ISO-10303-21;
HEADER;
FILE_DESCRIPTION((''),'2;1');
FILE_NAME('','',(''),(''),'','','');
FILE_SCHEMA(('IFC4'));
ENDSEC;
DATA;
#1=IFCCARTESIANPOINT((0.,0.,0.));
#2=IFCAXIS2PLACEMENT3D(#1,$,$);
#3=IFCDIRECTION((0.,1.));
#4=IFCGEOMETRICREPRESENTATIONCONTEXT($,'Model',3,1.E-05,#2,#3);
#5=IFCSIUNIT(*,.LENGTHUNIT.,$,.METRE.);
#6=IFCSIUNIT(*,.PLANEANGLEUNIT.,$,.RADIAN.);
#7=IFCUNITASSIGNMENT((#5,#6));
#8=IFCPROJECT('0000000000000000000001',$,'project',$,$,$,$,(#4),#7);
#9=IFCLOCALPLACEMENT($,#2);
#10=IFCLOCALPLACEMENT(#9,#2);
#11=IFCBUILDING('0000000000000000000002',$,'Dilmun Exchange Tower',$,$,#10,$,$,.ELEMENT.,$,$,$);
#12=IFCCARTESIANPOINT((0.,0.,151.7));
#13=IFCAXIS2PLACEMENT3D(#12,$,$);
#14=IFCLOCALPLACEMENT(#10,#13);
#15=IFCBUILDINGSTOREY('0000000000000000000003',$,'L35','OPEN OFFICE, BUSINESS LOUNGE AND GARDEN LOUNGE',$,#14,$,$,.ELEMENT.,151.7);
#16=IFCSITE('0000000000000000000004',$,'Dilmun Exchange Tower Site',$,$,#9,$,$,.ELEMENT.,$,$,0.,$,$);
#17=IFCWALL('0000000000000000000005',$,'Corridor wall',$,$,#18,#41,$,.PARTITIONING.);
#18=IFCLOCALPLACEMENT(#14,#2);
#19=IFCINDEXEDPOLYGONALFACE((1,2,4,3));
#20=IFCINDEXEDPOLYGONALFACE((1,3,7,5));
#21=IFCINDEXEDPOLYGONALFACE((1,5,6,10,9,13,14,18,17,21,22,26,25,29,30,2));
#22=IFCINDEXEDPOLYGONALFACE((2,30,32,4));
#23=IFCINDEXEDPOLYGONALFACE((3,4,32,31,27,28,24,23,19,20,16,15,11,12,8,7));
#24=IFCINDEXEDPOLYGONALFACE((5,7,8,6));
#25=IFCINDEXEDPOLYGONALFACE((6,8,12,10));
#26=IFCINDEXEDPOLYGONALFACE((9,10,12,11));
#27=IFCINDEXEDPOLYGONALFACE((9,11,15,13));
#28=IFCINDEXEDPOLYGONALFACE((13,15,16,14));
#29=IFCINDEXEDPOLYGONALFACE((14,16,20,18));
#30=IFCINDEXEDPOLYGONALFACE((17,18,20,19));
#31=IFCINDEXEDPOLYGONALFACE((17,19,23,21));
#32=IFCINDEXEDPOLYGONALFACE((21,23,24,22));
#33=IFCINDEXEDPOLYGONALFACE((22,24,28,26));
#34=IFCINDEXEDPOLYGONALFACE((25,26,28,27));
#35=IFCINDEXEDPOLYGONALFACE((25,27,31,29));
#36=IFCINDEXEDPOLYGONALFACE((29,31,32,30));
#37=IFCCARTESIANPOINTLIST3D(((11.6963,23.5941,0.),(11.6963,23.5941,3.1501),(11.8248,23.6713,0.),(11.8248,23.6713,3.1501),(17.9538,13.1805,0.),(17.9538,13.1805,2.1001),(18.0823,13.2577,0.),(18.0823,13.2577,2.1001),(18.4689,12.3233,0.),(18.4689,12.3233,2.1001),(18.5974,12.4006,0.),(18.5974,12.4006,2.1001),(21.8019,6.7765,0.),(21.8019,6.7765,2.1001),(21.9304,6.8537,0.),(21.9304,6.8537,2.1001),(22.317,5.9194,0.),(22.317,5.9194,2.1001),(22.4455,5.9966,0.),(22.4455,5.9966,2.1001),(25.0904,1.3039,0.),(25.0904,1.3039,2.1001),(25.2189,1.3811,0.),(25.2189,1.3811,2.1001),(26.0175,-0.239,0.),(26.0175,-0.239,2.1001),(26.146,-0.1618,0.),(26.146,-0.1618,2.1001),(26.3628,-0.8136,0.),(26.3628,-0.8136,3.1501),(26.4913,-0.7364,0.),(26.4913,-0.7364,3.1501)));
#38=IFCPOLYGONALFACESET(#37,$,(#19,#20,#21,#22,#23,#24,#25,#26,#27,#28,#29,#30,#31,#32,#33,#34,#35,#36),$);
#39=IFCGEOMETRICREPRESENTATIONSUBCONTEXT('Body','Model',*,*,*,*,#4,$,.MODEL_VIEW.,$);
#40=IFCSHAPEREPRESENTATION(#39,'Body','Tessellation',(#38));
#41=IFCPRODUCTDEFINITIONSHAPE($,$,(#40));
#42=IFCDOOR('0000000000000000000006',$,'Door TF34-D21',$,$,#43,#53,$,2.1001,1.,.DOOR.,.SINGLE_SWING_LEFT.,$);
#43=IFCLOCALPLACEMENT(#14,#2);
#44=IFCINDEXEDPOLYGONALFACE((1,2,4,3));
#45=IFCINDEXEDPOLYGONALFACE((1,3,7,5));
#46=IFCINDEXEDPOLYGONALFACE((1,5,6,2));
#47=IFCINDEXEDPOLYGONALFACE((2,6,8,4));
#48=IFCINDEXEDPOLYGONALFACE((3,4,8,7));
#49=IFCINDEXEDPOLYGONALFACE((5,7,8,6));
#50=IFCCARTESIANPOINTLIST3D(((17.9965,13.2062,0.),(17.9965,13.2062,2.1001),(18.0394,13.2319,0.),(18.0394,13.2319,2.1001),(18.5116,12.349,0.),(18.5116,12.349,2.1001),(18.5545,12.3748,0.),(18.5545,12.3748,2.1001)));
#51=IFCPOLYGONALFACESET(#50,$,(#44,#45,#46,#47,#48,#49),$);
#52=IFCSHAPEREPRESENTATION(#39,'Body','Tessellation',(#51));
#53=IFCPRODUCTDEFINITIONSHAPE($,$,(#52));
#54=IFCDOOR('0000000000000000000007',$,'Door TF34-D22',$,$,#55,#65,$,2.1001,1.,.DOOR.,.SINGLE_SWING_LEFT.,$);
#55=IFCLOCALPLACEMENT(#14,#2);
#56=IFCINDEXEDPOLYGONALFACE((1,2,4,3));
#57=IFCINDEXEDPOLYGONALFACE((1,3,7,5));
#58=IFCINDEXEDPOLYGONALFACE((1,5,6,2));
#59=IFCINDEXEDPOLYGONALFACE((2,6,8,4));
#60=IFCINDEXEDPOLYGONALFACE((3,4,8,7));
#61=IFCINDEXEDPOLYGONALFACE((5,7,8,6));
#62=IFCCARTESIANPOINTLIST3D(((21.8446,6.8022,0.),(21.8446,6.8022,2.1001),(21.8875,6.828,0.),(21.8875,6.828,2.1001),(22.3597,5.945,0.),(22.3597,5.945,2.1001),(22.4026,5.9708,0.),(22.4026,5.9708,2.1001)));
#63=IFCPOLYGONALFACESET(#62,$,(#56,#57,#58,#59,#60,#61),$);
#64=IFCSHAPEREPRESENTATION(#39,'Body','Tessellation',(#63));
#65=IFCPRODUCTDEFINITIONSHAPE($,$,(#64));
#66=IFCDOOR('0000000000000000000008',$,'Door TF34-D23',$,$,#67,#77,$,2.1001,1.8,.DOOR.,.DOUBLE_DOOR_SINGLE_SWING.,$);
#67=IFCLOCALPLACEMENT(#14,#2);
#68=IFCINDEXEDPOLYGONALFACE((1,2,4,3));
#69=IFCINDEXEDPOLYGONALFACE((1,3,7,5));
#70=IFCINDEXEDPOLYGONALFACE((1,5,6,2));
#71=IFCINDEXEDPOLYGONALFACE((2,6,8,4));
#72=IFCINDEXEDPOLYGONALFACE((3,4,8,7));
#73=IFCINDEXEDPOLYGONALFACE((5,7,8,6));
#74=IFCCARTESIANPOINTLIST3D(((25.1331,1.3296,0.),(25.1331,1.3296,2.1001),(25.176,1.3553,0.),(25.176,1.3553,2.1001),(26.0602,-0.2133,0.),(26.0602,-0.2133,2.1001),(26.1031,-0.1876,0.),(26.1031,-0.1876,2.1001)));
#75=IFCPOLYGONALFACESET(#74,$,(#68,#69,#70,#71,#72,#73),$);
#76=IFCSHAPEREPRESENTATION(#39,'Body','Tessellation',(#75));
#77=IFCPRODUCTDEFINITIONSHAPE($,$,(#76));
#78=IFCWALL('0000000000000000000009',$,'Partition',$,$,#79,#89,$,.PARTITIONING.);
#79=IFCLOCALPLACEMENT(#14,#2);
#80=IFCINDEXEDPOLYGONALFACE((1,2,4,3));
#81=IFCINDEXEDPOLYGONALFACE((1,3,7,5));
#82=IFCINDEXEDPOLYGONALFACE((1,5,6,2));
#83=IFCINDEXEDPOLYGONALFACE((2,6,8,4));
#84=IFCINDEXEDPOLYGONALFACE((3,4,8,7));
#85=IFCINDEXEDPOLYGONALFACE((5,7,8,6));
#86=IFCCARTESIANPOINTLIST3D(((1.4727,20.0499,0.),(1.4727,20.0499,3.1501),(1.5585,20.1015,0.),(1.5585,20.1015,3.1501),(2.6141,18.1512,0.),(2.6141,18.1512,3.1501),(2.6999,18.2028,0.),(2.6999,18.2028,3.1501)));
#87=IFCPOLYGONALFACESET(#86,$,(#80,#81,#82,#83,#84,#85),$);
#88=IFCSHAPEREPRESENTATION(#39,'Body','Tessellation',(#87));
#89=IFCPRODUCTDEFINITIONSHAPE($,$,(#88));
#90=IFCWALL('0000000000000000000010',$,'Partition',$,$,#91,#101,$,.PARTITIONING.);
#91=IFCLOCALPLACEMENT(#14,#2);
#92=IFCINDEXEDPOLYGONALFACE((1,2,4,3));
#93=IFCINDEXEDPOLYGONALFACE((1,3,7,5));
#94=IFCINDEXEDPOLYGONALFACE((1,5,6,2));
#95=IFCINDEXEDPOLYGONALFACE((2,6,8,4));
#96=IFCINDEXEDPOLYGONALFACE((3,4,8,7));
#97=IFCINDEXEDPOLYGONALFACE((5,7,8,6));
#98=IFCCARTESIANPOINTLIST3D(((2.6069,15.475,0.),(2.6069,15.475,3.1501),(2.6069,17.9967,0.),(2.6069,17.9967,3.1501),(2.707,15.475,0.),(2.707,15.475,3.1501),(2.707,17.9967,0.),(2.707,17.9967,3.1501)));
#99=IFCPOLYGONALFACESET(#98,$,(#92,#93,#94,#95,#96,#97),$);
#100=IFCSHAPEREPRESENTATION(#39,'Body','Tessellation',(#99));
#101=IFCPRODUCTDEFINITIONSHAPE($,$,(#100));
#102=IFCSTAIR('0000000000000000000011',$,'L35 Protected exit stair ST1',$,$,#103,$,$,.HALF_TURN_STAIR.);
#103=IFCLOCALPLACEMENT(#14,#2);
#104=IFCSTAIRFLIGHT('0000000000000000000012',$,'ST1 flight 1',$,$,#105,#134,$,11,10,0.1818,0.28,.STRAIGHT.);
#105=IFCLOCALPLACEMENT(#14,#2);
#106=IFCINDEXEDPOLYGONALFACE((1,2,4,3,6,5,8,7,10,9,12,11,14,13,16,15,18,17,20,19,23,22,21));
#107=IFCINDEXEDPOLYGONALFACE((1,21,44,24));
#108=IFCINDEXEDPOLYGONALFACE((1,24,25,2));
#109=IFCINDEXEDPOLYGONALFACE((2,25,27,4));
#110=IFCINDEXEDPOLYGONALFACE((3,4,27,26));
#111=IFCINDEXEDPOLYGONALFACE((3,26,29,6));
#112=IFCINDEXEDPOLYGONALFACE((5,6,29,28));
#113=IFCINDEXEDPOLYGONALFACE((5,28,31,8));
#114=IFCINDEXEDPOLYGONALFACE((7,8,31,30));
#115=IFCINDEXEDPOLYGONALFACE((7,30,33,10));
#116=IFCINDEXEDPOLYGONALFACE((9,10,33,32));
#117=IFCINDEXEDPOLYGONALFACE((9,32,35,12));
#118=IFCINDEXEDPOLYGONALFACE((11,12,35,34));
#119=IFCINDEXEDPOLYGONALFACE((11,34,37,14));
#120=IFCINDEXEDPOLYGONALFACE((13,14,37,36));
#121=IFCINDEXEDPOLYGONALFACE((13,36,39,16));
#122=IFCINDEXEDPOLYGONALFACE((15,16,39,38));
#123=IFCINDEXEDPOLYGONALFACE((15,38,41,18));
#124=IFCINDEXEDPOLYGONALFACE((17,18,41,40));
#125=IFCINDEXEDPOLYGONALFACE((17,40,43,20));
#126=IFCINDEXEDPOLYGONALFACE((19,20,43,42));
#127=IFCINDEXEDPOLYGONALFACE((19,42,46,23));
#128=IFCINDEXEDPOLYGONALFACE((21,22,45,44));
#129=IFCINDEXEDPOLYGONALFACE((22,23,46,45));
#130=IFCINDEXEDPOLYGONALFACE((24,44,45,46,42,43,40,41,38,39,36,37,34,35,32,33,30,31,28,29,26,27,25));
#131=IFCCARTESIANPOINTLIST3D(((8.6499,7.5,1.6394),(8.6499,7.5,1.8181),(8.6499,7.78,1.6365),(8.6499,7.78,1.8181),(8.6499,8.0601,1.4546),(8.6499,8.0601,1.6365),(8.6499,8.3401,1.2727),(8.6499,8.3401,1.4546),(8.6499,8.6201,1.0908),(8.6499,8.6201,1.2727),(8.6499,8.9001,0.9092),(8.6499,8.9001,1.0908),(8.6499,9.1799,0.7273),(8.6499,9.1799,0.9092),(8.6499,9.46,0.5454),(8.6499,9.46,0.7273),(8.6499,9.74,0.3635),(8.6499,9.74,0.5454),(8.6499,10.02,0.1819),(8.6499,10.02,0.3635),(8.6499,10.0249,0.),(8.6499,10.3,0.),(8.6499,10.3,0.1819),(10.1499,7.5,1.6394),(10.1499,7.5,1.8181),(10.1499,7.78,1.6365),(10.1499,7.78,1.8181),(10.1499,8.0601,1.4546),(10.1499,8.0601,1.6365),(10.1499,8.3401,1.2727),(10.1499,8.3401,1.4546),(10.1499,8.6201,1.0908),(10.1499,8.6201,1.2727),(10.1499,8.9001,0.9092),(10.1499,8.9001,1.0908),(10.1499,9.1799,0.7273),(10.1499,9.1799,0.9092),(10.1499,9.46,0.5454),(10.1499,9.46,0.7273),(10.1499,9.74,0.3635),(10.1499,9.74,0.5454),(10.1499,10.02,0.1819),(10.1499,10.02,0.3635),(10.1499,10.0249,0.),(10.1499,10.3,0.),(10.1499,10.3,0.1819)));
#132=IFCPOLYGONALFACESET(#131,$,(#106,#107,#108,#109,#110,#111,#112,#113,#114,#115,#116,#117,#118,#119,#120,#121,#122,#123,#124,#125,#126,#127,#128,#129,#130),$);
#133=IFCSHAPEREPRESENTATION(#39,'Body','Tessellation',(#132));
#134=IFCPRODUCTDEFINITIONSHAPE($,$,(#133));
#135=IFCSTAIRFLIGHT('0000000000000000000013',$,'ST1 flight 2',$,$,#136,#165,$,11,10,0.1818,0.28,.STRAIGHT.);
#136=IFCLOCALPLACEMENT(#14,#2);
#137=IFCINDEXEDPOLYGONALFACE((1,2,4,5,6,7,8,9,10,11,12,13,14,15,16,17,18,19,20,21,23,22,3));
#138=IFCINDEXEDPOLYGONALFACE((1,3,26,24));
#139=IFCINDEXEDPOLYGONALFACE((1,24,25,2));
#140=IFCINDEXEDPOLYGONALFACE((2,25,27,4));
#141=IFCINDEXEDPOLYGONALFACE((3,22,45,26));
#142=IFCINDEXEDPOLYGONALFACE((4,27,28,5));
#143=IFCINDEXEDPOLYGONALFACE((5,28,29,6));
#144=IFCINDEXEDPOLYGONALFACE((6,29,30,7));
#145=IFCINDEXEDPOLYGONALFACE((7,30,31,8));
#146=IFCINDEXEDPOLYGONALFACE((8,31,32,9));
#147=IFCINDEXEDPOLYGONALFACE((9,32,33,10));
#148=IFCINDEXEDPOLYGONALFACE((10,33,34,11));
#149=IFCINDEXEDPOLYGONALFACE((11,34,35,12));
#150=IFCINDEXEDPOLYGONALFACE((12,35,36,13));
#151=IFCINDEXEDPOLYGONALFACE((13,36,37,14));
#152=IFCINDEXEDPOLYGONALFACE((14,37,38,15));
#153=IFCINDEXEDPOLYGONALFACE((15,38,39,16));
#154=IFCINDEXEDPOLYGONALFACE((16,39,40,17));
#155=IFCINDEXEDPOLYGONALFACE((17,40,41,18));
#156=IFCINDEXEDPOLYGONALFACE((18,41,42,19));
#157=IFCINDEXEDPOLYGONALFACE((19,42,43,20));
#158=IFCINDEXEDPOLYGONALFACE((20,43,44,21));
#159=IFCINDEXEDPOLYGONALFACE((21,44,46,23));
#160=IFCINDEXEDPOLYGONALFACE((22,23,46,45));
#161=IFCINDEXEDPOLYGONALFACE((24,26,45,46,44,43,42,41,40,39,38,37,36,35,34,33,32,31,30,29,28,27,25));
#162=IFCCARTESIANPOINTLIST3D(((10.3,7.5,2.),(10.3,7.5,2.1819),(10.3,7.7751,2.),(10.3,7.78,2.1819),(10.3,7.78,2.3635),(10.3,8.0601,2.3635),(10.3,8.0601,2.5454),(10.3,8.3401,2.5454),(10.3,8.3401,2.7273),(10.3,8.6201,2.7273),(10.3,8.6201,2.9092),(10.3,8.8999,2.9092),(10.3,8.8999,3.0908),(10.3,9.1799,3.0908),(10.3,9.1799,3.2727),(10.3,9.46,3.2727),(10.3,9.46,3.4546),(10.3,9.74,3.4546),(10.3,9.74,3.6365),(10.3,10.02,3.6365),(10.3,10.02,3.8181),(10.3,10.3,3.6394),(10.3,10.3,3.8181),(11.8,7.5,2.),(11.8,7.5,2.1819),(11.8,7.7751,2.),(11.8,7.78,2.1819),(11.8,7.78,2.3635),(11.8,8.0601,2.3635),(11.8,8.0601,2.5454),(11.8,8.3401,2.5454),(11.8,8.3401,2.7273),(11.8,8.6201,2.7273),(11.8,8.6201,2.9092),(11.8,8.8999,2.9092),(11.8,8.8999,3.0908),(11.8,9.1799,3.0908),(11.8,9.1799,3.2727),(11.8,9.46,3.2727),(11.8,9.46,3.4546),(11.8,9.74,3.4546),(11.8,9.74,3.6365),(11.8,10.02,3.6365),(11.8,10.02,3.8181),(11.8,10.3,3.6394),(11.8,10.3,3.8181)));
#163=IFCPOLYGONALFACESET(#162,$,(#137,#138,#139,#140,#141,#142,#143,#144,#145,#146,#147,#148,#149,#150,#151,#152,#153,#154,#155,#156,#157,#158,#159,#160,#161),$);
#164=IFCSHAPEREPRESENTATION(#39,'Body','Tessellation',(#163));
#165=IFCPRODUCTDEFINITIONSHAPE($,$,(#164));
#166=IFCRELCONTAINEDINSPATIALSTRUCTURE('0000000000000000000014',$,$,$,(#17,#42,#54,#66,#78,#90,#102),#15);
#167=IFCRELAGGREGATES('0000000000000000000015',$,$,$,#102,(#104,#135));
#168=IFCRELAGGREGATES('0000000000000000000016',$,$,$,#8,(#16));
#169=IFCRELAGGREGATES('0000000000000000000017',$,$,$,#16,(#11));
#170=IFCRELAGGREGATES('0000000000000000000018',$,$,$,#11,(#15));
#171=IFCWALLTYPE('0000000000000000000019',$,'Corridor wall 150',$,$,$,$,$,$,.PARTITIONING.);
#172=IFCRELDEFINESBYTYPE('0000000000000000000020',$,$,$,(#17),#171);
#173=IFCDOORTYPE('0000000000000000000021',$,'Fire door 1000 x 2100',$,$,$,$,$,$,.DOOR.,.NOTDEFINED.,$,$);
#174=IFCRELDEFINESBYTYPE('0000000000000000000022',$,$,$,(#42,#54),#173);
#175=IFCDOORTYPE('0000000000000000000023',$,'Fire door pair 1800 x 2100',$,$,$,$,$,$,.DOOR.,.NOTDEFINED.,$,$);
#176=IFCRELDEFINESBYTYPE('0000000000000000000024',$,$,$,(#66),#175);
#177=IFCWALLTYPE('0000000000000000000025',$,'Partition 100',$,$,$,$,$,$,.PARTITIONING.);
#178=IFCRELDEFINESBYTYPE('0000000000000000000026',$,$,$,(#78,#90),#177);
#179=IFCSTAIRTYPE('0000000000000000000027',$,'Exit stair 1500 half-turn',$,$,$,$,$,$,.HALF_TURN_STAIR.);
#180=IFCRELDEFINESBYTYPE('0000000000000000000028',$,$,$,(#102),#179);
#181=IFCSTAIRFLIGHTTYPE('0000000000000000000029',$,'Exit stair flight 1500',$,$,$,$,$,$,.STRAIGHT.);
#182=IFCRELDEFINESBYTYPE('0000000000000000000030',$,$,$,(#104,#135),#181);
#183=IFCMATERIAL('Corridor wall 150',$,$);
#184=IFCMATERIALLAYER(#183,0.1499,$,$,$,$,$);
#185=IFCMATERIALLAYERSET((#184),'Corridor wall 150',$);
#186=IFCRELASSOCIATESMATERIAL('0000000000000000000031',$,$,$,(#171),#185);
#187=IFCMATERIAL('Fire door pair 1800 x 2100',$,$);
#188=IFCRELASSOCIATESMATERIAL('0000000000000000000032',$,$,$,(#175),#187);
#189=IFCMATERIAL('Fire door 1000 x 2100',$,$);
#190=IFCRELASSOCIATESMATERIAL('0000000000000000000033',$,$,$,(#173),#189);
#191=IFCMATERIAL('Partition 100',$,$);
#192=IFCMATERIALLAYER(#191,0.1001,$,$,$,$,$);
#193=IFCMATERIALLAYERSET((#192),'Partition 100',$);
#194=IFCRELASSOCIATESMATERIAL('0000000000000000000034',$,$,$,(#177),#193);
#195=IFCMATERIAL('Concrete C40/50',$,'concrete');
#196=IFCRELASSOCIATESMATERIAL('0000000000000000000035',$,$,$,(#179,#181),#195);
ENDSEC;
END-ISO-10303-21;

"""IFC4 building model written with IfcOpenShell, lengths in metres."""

from ifc_helpers import new_model, si_unit, direction, frame, frame_2d, origin, place, context, subcontext, project, spatial, polyline, rectangle, outline, extrude, material, layer, layer_set, type_object, element, fill, aggregate, save


model = new_model("IFC4")

# Units and contexts
model_context = context("Model", 3, precision=1e-05, world=origin(), true_north=direction((0.0, 1.0)))
body_context = subcontext(model_context, "Body", "Model", "MODEL_VIEW")
ifc_project = project(units=[si_unit("LENGTHUNIT", "METRE"), si_unit("PLANEANGLEUNIT", "RADIAN")], contexts=[model_context])

# Site, building, storey
site_placement = place(None, origin())
site = spatial("IfcSite", under=ifc_project, at=site_placement, Name="Dilmun Exchange Tower Site", CompositionType="ELEMENT", RefElevation=0.0)
building_placement = place(site_placement, origin())
building = spatial("IfcBuilding", under=site, at=building_placement, Name="Dilmun Exchange Tower", CompositionType="ELEMENT")
storey_placement = place(building_placement, frame((0.0, 0.0, 151.7)))
storey = spatial("IfcBuildingStorey", under=building, at=storey_placement, Name="L35", Description="OPEN OFFICE, BUSINESS LOUNGE AND GARDEN LOUNGE", CompositionType="ELEMENT", Elevation=151.7)

# Shared definitions
ifc_material_1 = material(Name="Concrete C40/50", Category="concrete")

# Shared definitions
ifc_material_2 = material(Name="Corridor wall 150")
ifc_layer_1 = layer(ifc_material_2, 0.1499)
ifc_layer_set_1 = layer_set([ifc_layer_1], Name="Corridor wall 150")
wall_type_1 = type_object("IfcWallType", Name="Corridor wall 150", PredefinedType="PARTITIONING", material=ifc_layer_set_1)

# Shared definitions
ifc_material_3 = material(Name="Fire door pair 1800 x 2100")
door_type_1 = type_object("IfcDoorType", Name="Fire door pair 1800 x 2100", OperationType="NOTDEFINED", PredefinedType="DOOR", material=ifc_material_3)

# Wall, openings, doors
wall_1_placement = place(storey_placement, frame((11.7605, 23.6328, 0.0), z_axis=(0.0, 0.0, 1.0), x_axis=(0.515061, -0.857154, 0.0)))
wall_1 = element("IfcWall", 1, at=wall_1_placement, inside=storey, type_object=wall_type_1, Name="Corridor wall", PredefinedType="PARTITIONING", context=body_context, shape_type="SweptSolid", body=[
    extrude(rectangle(XDim=28.4753, YDim=0.1499, at=frame_2d((14.2378, 0.0))), origin(), (0.0, 0.0, 1.0), 3.1501),
])
opening_1_placement = place(wall_1_placement, frame((12.1492, 0.0, 0.0)))
opening_1 = element("IfcOpeningElement", 2, at=opening_1_placement, cuts=wall_1, PredefinedType="OPENING", context=body_context, shape_type="SweptSolid", body=[
    extrude(rectangle(XDim=1.0, YDim=2.1001, at=frame_2d((0.5, 1.05))), frame((0.0, 0.085, 0.0), z_axis=(0.0, -1.0, 0.0), x_axis=(1.0, 0.0, 0.0)), (0.0, 0.0, 1.0), 0.1699),
])
opening_2_placement = place(wall_1_placement, frame((19.6204, 0.0, 0.0)))
opening_2 = element("IfcOpeningElement", 3, at=opening_2_placement, cuts=wall_1, PredefinedType="OPENING", context=body_context, shape_type="SweptSolid", body=[
    extrude(rectangle(XDim=1.0, YDim=2.1001, at=frame_2d((0.5, 1.05))), frame((0.0, 0.085, 0.0), z_axis=(0.0, -1.0, 0.0), x_axis=(1.0, 0.0, 0.0)), (0.0, 0.0, 1.0), 0.1699),
])
opening_3_placement = place(wall_1_placement, frame((26.0051, 0.0, 0.0)))
opening_3 = element("IfcOpeningElement", 4, at=opening_3_placement, cuts=wall_1, PredefinedType="OPENING", context=body_context, shape_type="SweptSolid", body=[
    extrude(rectangle(XDim=1.8, YDim=2.1001, at=frame_2d((0.8999, 1.05))), frame((0.0, 0.085, 0.0), z_axis=(0.0, -1.0, 0.0), x_axis=(1.0, 0.0, 0.0)), (0.0, 0.0, 1.0), 0.1699),
])
ifc_material_4 = material(Name="Fire door 1000 x 2100")
door_type_2 = type_object("IfcDoorType", Name="Fire door 1000 x 2100", OperationType="NOTDEFINED", PredefinedType="DOOR", material=ifc_material_4)
door_1_placement = place(opening_1_placement, origin())
door_1 = element("IfcDoor", 5, at=door_1_placement, inside=storey, type_object=door_type_2, Name="Door TF34-D21", OperationType="SINGLE_SWING_LEFT", OverallHeight=2.1001, OverallWidth=1.0, PredefinedType="DOOR", context=body_context, shape_type="SweptSolid", body=[
    extrude(rectangle(XDim=1.0, YDim=2.1001, at=frame_2d((0.5, 1.05))), frame((0.0, 0.0249, 0.0), z_axis=(0.0, -1.0, 0.0), x_axis=(1.0, 0.0, 0.0)), (0.0, 0.0, 1.0), 0.05),
])
fill(opening_1, door_1)
door_2_placement = place(opening_2_placement, origin())
door_2 = element("IfcDoor", 6, at=door_2_placement, inside=storey, type_object=door_type_2, Name="Door TF34-D22", OperationType="SINGLE_SWING_LEFT", OverallHeight=2.1001, OverallWidth=1.0, PredefinedType="DOOR", context=body_context, shape_type="SweptSolid", body=[
    extrude(rectangle(XDim=1.0, YDim=2.1001, at=frame_2d((0.5, 1.05))), frame((0.0, 0.0249, 0.0), z_axis=(0.0, -1.0, 0.0), x_axis=(1.0, 0.0, 0.0)), (0.0, 0.0, 1.0), 0.05),
])
fill(opening_2, door_2)
door_3_placement = place(opening_3_placement, origin())
door_3 = element("IfcDoor", 7, at=door_3_placement, inside=storey, type_object=door_type_1, Name="Door TF34-D23", OperationType="DOUBLE_DOOR_SINGLE_SWING", OverallHeight=2.1001, OverallWidth=1.8, PredefinedType="DOOR", context=body_context, shape_type="SweptSolid", body=[
    extrude(rectangle(XDim=1.8, YDim=2.1001, at=frame_2d((0.8999, 1.05))), frame((0.0, 0.0249, 0.0), z_axis=(0.0, -1.0, 0.0), x_axis=(1.0, 0.0, 0.0)), (0.0, 0.0, 1.0), 0.05),
])
fill(opening_3, door_3)

# Walls
ifc_material_5 = material(Name="Partition 100")
ifc_layer_2 = layer(ifc_material_5, 0.1001)
ifc_layer_set_2 = layer_set([ifc_layer_2], Name="Partition 100")
wall_type_2 = type_object("IfcWallType", Name="Partition 100", PredefinedType="PARTITIONING", material=ifc_layer_set_2)
wall_2_placement = place(storey_placement, frame((1.5156, 20.0757, 0.0), z_axis=(0.0, 0.0, 1.0), x_axis=(0.515209, -0.857065, 0.0)))
element("IfcWall", 8, at=wall_2_placement, inside=storey, type_object=wall_type_2, Name="Partition", PredefinedType="PARTITIONING", context=body_context, shape_type="SweptSolid", body=[
    extrude(rectangle(XDim=2.2153, YDim=0.1001, at=frame_2d((1.1077, 0.0))), origin(), (0.0, 0.0, 1.0), 3.1501),
])
wall_3_placement = place(storey_placement, frame((2.657, 15.4751, 0.0), z_axis=(0.0, 0.0, 1.0), x_axis=(0.0, 1.0, 0.0)))
element("IfcWall", 9, at=wall_3_placement, inside=storey, type_object=wall_type_2, Name="Partition", PredefinedType="PARTITIONING", context=body_context, shape_type="SweptSolid", body=[
    extrude(rectangle(XDim=2.5217, YDim=0.1001, at=frame_2d((1.2607, 0.0))), origin(), (0.0, 0.0, 1.0), 3.1501),
])

# Stair, stair flights
stair_type = type_object("IfcStairType", Name="Exit stair 1500 half-turn", PredefinedType="HALF_TURN_STAIR", material=ifc_material_1)
stair_placement = place(storey_placement, origin())
stair = element("IfcStair", 10, at=stair_placement, inside=storey, type_object=stair_type, Name="L35 Protected exit stair ST1", PredefinedType="HALF_TURN_STAIR")
stair_flight_type = type_object("IfcStairFlightType", Name="Exit stair flight 1500", PredefinedType="STRAIGHT", material=ifc_material_1)
stair_flight_1_placement = place(storey_placement, frame((9.3999, 10.3, 0.0), z_axis=(0.0, 0.0, 1.0), x_axis=(0.0, -1.0, 0.0)))
stair_flight_1 = element("IfcStairFlight", 11, at=stair_flight_1_placement, type_object=stair_flight_type, Name="ST1 flight 1", NumberOfRisers=11, NumberOfTreads=10, PredefinedType="STRAIGHT", RiserHeight=0.1818, TreadLength=0.28, context=body_context, shape_type="SweptSolid", body=[
    extrude(outline(polyline([(0.0, 0.0), (0.0, 0.1819), (0.28, 0.1819), (0.28, 0.3635), (0.5601, 0.3635), (0.5601, 0.5454), (0.8401, 0.5454), (0.8401, 0.7273), (1.1201, 0.7273), (1.1201, 0.9092), (1.3999, 0.9092), (1.3999, 1.0908), (1.6799, 1.0908), (1.6799, 1.2727), (1.96, 1.2727), (1.96, 1.4546), (2.24, 1.4546), (2.24, 1.6365), (2.52, 1.6365), (2.52, 1.8181), (2.8, 1.8181), (2.8, 2.0), (2.8, 1.6394), (0.2751, 0.0), (0.0, 0.0)])), frame((0.0, 0.75, 0.0), z_axis=(0.0, -1.0, 0.0), x_axis=(1.0, 0.0, 0.0)), (0.0, 0.0, 1.0), 1.5),
])
stair_flight_2_placement = place(storey_placement, frame((11.05, 7.5, 2.0), z_axis=(0.0, 0.0, 1.0), x_axis=(0.0, 1.0, 0.0)))
stair_flight_2 = element("IfcStairFlight", 12, at=stair_flight_2_placement, type_object=stair_flight_type, Name="ST1 flight 2", NumberOfRisers=11, NumberOfTreads=10, PredefinedType="STRAIGHT", RiserHeight=0.1818, TreadLength=0.28, context=body_context, shape_type="SweptSolid", body=[
    extrude(outline(polyline([(0.0, 0.0), (0.0, 0.1819), (0.28, 0.1819), (0.28, 0.3635), (0.5601, 0.3635), (0.5601, 0.5454), (0.8401, 0.5454), (0.8401, 0.7273), (1.1201, 0.7273), (1.1201, 0.9092), (1.3999, 0.9092), (1.3999, 1.0908), (1.6799, 1.0908), (1.6799, 1.2727), (1.96, 1.2727), (1.96, 1.4546), (2.24, 1.4546), (2.24, 1.6365), (2.52, 1.6365), (2.52, 1.8181), (2.8, 1.8181), (2.8, 2.0), (2.8, 1.6394), (0.2751, 0.0), (0.0, 0.0)])), frame((0.0, 0.75, 0.0), z_axis=(0.0, -1.0, 0.0), x_axis=(1.0, 0.0, 0.0)), (0.0, 0.0, 1.0), 1.5),
])
aggregate(stair, [stair_flight_1, stair_flight_2])

save(model, "model.ifc")
